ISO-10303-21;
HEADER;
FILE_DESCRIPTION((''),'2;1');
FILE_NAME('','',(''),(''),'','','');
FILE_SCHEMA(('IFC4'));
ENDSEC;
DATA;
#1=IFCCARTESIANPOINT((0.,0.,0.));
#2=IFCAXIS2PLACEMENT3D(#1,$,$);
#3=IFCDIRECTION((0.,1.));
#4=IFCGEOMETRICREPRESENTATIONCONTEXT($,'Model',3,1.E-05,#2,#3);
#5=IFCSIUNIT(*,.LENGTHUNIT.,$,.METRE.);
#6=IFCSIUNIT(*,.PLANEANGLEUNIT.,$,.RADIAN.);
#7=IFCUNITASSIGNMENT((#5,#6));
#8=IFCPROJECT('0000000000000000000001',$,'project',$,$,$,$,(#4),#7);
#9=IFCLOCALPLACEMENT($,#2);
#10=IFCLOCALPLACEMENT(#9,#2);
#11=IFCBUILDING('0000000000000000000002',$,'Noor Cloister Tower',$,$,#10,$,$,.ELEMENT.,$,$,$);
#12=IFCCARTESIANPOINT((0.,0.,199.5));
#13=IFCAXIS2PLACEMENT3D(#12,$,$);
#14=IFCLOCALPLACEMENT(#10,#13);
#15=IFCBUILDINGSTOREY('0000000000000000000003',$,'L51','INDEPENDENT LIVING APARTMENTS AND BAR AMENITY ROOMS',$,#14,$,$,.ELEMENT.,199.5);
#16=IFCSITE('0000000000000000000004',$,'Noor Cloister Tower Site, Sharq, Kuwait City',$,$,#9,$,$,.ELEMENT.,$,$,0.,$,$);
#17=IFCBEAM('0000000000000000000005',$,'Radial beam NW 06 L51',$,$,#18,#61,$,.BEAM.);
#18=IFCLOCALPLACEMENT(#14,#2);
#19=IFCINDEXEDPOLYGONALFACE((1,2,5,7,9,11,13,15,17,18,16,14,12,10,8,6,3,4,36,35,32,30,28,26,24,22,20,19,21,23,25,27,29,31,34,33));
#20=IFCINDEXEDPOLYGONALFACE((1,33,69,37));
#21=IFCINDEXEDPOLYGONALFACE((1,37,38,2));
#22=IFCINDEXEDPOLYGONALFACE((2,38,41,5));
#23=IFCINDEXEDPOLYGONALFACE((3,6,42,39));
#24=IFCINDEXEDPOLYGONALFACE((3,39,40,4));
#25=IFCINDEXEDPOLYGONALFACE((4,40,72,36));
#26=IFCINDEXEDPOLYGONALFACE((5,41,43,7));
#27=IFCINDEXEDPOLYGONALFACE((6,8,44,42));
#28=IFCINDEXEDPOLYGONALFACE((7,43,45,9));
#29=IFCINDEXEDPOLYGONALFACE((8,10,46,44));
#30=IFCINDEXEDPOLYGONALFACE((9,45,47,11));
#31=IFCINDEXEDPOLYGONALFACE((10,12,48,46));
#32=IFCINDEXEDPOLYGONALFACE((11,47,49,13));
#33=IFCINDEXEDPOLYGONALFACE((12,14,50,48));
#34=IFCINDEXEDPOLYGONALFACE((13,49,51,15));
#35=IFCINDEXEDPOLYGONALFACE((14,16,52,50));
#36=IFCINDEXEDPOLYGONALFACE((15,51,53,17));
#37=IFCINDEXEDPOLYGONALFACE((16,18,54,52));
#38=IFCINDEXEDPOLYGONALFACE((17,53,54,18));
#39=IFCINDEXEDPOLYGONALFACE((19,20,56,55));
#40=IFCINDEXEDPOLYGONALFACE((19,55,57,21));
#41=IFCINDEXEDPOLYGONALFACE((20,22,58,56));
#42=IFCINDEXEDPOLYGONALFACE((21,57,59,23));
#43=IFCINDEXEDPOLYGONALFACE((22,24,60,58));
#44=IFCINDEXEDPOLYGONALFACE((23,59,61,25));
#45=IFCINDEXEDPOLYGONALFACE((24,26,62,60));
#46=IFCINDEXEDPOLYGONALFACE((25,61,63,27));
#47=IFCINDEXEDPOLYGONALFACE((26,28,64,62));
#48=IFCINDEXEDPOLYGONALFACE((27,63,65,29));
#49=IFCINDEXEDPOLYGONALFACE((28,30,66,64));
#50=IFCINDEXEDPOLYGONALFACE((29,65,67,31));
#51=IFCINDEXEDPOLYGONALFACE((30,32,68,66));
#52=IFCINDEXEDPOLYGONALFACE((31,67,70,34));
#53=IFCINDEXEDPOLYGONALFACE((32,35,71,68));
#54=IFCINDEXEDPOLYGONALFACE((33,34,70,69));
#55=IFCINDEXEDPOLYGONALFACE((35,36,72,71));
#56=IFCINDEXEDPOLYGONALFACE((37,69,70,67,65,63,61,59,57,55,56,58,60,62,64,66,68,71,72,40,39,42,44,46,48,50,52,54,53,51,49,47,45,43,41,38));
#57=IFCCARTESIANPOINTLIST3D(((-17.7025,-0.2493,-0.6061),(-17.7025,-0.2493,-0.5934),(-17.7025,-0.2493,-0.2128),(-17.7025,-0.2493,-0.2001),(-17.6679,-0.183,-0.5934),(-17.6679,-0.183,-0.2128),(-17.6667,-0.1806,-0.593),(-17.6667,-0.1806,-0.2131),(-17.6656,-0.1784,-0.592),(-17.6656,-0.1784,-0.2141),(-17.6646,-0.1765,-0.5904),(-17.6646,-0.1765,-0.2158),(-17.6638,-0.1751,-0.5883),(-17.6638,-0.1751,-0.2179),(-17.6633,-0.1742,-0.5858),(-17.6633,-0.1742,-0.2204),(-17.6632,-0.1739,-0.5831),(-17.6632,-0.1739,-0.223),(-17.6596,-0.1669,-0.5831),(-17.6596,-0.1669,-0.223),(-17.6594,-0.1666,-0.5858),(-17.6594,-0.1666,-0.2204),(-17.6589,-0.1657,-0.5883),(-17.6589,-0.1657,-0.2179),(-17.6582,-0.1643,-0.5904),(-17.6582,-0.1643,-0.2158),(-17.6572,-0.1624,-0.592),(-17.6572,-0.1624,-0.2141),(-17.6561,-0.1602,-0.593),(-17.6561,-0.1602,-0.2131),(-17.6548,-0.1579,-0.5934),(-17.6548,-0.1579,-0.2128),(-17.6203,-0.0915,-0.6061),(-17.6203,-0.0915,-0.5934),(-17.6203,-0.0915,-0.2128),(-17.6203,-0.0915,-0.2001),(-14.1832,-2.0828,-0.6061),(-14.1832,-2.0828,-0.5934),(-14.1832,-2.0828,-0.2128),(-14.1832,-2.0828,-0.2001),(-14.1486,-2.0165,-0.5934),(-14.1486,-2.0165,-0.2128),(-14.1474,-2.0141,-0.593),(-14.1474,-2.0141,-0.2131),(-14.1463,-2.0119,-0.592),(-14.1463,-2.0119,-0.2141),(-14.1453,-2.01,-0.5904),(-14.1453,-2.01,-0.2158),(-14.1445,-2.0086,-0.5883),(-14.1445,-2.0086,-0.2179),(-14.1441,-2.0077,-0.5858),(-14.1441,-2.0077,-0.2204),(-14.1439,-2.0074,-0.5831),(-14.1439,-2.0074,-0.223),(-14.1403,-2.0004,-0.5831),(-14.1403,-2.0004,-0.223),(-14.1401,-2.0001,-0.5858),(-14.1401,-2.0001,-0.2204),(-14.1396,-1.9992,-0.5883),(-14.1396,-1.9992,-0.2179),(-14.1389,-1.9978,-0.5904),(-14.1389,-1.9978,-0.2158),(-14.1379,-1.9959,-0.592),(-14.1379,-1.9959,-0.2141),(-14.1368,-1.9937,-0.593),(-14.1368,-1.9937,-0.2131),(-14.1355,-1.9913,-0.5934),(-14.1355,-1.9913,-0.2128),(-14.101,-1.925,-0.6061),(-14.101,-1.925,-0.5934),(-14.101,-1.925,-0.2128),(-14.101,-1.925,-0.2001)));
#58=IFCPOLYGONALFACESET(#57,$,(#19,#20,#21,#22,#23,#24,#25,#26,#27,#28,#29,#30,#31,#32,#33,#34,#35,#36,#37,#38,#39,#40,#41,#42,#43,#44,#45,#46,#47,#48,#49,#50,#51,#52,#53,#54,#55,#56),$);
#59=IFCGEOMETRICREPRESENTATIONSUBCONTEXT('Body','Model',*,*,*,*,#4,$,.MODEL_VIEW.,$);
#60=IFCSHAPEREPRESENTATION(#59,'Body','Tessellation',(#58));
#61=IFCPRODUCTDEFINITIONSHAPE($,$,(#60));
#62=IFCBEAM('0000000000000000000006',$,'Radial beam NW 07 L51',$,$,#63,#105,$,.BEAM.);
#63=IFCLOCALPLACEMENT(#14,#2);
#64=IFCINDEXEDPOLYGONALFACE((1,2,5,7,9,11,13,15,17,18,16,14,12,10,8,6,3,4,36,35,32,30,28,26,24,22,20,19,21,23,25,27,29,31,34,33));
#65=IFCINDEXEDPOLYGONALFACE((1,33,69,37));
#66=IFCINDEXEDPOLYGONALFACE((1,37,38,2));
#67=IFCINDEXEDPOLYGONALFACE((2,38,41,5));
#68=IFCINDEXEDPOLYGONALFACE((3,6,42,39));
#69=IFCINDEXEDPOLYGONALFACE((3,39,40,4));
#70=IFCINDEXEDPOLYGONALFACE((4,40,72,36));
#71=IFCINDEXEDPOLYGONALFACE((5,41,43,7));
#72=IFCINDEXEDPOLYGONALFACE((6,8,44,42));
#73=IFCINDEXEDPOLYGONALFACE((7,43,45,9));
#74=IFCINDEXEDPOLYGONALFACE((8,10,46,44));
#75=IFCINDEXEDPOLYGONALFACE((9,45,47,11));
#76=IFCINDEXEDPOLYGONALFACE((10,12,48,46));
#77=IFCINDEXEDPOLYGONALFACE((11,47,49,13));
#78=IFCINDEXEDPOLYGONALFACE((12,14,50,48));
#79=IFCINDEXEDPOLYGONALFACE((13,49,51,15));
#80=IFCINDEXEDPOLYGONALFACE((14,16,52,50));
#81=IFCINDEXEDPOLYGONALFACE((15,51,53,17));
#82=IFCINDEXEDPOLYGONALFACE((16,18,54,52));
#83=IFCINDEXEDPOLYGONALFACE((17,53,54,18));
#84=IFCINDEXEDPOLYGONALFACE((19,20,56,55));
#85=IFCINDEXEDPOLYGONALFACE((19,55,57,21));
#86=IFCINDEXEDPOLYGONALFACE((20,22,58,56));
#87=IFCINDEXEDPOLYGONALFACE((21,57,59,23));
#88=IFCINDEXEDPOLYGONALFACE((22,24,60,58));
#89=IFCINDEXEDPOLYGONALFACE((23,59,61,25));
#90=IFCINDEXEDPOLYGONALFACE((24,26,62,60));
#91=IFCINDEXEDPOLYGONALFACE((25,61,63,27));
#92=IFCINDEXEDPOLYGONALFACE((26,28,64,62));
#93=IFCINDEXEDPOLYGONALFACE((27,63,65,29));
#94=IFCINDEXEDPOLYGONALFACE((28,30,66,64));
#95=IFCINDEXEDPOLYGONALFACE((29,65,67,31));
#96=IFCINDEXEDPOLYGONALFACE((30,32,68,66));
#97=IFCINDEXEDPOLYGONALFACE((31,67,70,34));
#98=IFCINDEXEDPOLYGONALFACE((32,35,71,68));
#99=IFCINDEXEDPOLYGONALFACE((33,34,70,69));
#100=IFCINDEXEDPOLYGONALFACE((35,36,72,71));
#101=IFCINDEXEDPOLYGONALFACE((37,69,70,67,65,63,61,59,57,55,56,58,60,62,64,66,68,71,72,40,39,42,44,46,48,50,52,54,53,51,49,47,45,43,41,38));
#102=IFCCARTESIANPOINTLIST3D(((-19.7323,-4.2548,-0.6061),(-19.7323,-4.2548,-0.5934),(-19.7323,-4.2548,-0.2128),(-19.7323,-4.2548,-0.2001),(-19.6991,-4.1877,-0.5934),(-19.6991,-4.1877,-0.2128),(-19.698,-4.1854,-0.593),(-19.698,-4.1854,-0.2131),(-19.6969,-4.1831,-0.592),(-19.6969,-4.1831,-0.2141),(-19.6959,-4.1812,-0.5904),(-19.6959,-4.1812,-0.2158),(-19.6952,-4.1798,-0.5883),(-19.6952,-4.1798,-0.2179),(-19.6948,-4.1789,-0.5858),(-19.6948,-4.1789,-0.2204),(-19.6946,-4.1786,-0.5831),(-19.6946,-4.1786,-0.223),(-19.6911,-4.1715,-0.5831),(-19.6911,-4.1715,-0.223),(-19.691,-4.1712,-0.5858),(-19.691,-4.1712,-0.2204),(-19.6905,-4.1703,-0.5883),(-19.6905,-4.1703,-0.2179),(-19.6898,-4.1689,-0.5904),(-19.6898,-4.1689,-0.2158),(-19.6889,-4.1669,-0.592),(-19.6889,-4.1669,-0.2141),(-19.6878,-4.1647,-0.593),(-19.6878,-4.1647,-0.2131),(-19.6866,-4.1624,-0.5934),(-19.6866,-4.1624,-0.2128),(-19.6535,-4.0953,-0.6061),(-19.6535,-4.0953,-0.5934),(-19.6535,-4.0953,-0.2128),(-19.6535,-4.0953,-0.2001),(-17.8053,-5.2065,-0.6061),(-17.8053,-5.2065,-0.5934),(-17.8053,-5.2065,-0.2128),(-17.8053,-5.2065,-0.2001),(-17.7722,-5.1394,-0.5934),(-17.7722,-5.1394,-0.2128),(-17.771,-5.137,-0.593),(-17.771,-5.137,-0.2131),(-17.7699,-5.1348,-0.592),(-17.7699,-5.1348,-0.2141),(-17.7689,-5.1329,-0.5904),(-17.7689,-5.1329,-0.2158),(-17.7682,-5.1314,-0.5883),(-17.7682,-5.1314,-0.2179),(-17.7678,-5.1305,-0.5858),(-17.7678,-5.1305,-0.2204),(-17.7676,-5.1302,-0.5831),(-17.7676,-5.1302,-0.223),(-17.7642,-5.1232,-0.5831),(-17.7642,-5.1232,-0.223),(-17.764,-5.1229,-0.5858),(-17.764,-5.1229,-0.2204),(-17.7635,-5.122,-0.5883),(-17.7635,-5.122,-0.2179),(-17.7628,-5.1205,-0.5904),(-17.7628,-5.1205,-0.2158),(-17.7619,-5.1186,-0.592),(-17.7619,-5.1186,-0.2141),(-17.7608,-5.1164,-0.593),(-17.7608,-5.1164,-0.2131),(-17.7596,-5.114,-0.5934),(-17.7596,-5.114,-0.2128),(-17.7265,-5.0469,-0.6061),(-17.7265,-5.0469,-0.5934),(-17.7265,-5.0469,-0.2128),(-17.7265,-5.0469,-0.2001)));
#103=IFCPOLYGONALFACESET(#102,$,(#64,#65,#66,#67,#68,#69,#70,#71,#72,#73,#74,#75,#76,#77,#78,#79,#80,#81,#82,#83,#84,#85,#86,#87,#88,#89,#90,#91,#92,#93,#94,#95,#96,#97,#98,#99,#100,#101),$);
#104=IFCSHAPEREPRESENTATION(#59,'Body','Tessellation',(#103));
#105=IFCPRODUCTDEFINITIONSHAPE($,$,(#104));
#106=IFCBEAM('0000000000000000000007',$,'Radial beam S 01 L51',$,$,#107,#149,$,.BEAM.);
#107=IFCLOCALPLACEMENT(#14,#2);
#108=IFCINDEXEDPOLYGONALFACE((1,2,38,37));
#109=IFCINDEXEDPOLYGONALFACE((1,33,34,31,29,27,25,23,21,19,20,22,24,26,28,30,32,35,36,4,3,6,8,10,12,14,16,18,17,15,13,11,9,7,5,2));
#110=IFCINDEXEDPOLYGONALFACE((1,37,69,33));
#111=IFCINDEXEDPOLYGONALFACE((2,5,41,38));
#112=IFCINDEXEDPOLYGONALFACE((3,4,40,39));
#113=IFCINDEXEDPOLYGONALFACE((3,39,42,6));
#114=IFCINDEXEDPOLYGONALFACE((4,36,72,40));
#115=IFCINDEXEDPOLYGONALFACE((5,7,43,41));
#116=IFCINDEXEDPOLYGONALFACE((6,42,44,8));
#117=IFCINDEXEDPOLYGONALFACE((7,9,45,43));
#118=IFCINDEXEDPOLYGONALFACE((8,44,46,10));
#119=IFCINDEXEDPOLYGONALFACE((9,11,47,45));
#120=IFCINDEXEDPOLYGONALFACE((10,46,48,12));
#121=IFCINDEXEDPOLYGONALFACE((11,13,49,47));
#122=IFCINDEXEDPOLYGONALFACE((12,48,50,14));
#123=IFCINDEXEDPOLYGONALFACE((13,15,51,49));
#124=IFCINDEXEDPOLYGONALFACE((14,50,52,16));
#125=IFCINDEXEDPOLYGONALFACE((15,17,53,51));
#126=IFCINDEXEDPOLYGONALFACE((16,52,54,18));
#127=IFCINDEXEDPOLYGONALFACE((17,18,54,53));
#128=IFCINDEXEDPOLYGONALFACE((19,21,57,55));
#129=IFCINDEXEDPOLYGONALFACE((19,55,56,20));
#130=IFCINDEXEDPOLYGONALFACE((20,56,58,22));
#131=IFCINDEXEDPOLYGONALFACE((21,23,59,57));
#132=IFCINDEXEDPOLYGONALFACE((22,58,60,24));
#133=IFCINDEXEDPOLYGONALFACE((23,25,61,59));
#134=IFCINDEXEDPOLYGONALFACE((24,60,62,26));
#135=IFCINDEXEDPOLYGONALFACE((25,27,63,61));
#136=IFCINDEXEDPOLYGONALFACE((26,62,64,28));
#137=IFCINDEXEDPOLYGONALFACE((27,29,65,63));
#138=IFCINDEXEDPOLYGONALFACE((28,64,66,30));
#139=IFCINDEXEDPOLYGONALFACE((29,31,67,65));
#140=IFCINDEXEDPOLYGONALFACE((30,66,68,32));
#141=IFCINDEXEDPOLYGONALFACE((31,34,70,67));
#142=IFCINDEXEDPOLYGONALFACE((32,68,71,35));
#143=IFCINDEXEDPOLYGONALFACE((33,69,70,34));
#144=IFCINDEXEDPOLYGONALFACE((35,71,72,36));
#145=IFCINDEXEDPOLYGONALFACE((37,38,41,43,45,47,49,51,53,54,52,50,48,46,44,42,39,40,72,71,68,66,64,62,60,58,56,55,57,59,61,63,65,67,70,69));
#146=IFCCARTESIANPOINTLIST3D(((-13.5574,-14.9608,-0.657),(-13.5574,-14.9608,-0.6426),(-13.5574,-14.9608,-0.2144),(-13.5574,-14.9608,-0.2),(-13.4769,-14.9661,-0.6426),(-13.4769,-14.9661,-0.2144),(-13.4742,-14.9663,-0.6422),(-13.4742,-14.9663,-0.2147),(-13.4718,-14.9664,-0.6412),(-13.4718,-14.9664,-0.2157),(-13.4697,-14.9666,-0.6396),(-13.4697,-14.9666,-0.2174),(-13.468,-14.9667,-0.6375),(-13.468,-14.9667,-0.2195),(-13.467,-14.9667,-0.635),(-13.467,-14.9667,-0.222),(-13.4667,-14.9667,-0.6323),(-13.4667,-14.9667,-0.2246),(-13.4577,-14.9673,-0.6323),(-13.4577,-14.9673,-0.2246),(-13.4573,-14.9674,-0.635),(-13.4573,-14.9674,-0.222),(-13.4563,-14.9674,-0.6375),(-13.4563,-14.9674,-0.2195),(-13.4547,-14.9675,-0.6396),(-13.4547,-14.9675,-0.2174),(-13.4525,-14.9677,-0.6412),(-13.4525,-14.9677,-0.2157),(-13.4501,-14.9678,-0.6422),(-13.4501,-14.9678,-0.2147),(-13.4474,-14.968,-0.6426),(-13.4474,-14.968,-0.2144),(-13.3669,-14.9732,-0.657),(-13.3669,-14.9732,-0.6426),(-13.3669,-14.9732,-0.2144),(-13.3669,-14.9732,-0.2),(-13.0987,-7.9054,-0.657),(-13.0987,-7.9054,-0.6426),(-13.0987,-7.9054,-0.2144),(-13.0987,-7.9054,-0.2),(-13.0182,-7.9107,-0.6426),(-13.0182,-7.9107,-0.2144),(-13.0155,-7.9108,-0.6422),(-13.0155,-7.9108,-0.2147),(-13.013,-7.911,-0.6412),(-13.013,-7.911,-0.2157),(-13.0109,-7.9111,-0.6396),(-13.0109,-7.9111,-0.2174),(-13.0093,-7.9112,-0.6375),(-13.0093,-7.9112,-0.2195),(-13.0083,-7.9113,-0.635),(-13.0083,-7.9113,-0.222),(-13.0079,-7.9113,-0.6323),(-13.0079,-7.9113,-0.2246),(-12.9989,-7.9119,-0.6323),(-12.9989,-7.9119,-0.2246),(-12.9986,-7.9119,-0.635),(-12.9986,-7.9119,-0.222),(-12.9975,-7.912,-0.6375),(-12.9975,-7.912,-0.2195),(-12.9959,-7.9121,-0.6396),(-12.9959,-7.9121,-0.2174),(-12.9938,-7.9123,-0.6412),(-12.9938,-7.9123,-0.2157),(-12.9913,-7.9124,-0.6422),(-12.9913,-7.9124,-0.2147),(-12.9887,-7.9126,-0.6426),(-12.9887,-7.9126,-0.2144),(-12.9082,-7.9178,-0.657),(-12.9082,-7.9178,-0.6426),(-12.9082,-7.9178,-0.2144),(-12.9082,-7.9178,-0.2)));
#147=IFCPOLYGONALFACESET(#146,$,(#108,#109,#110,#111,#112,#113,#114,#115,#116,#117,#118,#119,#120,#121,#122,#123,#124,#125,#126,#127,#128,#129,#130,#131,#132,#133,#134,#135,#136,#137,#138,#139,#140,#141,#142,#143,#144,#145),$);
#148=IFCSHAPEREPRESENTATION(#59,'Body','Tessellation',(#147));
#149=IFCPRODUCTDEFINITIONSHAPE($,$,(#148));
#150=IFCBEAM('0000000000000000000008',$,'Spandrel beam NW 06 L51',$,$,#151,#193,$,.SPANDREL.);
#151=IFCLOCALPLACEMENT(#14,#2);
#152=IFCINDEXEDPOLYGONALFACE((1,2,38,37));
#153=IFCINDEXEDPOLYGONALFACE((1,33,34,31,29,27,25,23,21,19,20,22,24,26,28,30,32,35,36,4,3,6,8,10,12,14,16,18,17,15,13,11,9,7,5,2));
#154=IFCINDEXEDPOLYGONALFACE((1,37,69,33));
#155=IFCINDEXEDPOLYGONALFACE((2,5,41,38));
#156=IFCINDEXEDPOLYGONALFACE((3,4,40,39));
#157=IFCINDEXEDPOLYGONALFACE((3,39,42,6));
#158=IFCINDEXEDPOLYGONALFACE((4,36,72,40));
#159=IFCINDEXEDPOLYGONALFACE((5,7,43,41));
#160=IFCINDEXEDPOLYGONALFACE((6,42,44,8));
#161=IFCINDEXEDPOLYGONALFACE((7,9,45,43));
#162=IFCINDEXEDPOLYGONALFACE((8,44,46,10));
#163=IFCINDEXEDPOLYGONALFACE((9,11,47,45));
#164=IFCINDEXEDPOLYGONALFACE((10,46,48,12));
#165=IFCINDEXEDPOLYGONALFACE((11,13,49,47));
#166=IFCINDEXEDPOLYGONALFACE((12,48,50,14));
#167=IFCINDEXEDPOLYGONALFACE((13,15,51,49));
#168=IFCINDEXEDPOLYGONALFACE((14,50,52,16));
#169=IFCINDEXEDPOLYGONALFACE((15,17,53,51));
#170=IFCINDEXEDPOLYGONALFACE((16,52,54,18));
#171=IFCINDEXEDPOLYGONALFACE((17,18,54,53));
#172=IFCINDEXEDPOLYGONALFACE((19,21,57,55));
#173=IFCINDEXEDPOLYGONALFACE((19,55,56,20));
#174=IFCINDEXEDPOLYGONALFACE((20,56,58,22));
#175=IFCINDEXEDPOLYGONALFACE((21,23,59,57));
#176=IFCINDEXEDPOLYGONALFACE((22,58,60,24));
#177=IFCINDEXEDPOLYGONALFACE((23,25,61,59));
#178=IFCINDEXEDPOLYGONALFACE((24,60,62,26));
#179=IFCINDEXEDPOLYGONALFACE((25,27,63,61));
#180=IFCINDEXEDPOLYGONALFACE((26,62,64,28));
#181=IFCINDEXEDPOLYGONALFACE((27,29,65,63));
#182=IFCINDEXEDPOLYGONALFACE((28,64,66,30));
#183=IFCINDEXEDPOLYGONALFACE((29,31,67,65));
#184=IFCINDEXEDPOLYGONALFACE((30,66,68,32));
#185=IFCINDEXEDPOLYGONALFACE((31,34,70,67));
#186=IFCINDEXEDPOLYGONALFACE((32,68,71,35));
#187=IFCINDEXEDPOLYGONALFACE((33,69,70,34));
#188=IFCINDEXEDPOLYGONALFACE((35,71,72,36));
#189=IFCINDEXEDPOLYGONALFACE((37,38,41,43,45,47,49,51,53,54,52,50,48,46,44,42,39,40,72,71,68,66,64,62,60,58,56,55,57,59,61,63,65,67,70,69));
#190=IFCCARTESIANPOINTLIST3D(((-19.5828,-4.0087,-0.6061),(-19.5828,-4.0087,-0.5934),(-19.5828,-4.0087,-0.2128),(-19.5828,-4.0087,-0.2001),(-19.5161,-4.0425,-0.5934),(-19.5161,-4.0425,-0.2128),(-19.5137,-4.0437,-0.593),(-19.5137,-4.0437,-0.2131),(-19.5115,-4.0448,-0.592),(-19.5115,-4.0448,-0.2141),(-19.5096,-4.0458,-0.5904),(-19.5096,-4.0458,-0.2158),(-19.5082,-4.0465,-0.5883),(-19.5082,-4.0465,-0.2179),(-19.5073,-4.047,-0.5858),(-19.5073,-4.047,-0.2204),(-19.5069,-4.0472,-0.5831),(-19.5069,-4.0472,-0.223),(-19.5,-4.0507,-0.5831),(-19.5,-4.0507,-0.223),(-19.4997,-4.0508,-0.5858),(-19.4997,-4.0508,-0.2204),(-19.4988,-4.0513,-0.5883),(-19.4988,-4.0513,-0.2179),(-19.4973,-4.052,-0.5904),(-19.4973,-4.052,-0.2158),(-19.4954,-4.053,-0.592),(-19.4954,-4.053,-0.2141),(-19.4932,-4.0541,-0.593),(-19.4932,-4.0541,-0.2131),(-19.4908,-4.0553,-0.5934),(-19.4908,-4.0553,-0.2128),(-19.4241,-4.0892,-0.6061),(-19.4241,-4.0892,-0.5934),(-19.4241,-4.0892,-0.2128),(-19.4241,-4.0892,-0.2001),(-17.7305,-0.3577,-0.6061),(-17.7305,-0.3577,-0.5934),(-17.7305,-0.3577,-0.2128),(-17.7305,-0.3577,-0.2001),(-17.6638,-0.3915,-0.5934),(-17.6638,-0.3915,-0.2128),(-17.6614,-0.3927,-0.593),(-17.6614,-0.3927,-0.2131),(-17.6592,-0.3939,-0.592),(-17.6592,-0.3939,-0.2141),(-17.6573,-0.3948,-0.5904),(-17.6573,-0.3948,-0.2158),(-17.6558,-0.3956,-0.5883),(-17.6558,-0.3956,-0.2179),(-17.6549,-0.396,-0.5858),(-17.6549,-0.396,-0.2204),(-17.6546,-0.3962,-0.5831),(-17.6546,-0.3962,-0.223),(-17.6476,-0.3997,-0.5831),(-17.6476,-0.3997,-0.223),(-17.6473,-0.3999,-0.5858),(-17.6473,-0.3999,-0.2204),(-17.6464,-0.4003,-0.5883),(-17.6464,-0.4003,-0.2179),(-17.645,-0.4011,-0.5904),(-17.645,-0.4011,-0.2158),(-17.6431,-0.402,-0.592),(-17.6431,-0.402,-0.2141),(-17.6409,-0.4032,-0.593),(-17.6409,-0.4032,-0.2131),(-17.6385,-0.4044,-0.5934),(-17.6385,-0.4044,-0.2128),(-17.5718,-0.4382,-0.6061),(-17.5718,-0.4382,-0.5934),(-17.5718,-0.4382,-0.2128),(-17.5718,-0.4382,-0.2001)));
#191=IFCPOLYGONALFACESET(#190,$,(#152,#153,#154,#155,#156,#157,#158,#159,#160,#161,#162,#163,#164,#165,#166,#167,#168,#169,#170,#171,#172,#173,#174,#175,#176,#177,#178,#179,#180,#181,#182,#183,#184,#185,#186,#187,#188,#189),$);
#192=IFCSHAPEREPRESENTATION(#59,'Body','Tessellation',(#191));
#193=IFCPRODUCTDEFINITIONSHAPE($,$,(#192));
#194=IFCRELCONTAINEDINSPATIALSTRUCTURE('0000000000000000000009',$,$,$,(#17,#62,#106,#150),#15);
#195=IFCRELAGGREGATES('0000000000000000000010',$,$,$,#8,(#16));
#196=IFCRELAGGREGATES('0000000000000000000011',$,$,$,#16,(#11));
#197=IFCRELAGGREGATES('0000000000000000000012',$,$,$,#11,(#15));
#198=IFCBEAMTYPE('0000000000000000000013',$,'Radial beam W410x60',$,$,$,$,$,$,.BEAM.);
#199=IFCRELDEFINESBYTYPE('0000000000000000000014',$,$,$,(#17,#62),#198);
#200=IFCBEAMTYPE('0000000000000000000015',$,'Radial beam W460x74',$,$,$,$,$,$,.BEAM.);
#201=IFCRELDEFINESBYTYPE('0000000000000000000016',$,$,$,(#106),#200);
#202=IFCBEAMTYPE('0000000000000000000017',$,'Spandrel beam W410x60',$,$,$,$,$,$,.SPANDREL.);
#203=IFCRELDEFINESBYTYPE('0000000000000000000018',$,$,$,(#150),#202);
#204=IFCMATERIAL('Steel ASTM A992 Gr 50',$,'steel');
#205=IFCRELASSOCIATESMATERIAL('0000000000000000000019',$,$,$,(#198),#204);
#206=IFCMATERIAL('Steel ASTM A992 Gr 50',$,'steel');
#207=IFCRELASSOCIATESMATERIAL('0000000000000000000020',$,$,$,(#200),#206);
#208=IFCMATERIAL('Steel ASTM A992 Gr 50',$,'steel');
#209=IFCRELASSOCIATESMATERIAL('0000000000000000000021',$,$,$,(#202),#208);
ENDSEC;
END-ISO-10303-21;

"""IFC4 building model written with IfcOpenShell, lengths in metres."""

from ifc_helpers import new_model, si_unit, direction, frame, origin, origin_2d, place, context, subcontext, project, spatial, i_section, extrude, material, material_profile, profile_set, type_object, element, save


model = new_model("IFC4")

# Units and contexts
model_context = context("Model", 3, precision=1e-05, world=origin(), true_north=direction((0.0, 1.0)))
body_context = subcontext(model_context, "Body", "Model", "MODEL_VIEW")
ifc_project = project(units=[si_unit("LENGTHUNIT", "METRE"), si_unit("PLANEANGLEUNIT", "RADIAN")], contexts=[model_context])

# Site, building, storey
site_placement = place(None, origin())
site = spatial("IfcSite", under=ifc_project, at=site_placement, Name="Noor Cloister Tower Site, Sharq, Kuwait City", CompositionType="ELEMENT", RefElevation=0.0)
building_placement = place(site_placement, origin())
building = spatial("IfcBuilding", under=site, at=building_placement, Name="Noor Cloister Tower", CompositionType="ELEMENT")
storey_placement = place(building_placement, frame((0.0, 0.0, 199.5)))
storey = spatial("IfcBuildingStorey", under=building, at=storey_placement, Name="L51", Description="INDEPENDENT LIVING APARTMENTS AND BAR AMENITY ROOMS", CompositionType="ELEMENT", Elevation=199.5)

# Beams
ifc_material_1 = material(Name="Steel ASTM A992 Gr 50", Category="steel")
ifc_material_profile_1 = material_profile(ifc_material_1, i_section(OverallWidth=0.178, OverallDepth=0.406, WebThickness=0.0078, FlangeThickness=0.0127, FilletRadius=0.0103, at=origin_2d()), Name="W410x60")
ifc_profile_set_1 = profile_set([ifc_material_profile_1], Name="Steel ASTM A992 Gr 50")
beam_type_1 = type_object("IfcBeamType", Name="Radial beam W410x60", PredefinedType="BEAM", material=ifc_profile_set_1)
beam_1_placement = place(storey_placement, frame((-17.6614, -0.1704, -0.4031), z_axis=(0.886859, -0.46204, 0.0), x_axis=(0.46204, 0.886859, 0.0)))
element("IfcBeam", 1, at=beam_1_placement, inside=storey, type_object=beam_type_1, Name="Radial beam NW 06 L51", PredefinedType="BEAM", context=body_context, shape_type="SweptSolid", body=[
    extrude(i_section(OverallWidth=0.178, OverallDepth=0.406, WebThickness=0.0078, FlangeThickness=0.0127, FilletRadius=0.0103, at=origin_2d()), origin(), (0.0, 0.0, 1.0), 3.9683),
])
beam_2_placement = place(storey_placement, frame((-19.6929, -4.175, -0.4031), z_axis=(0.89662, -0.442801, 0.0), x_axis=(0.442801, 0.89662, 0.0)))
element("IfcBeam", 2, at=beam_2_placement, inside=storey, type_object=beam_type_1, Name="Radial beam NW 07 L51", PredefinedType="BEAM", context=body_context, shape_type="SweptSolid", body=[
    extrude(i_section(OverallWidth=0.178, OverallDepth=0.406, WebThickness=0.0078, FlangeThickness=0.0127, FilletRadius=0.0103, at=origin_2d()), origin(), (0.0, 0.0, 1.0), 2.1492),
])
ifc_material_2 = material(Name="Steel ASTM A992 Gr 50", Category="steel")
ifc_material_profile_2 = material_profile(ifc_material_2, i_section(OverallWidth=0.1909, OverallDepth=0.457, WebThickness=0.009, FlangeThickness=0.0144, FilletRadius=0.0103, at=origin_2d()), Name="W460x74")
ifc_profile_set_2 = profile_set([ifc_material_profile_2], Name="Steel ASTM A992 Gr 50")
beam_type_2 = type_object("IfcBeamType", Name="Radial beam W460x74", PredefinedType="BEAM", material=ifc_profile_set_2)
beam_3_placement = place(storey_placement, frame((-13.4622, -14.967, -0.4285), z_axis=(0.064883, 0.997893, 0.0), x_axis=(-0.997893, 0.064883, 0.0)))
element("IfcBeam", 3, at=beam_3_placement, inside=storey, type_object=beam_type_2, Name="Radial beam S 01 L51", PredefinedType="BEAM", context=body_context, shape_type="SweptSolid", body=[
    extrude(i_section(OverallWidth=0.1909, OverallDepth=0.457, WebThickness=0.009, FlangeThickness=0.0144, FilletRadius=0.0103, at=origin_2d()), origin(), (0.0, 0.0, 1.0), 7.0703),
])
ifc_material_3 = material(Name="Steel ASTM A992 Gr 50", Category="steel")
ifc_material_profile_3 = material_profile(ifc_material_3, i_section(OverallWidth=0.178, OverallDepth=0.406, WebThickness=0.0078, FlangeThickness=0.0127, FilletRadius=0.0103, at=origin_2d()), Name="W410x60")
ifc_profile_set_3 = profile_set([ifc_material_profile_3], Name="Steel ASTM A992 Gr 50")
beam_type_3 = type_object("IfcBeamType", Name="Spandrel beam W410x60", PredefinedType="SPANDREL", material=ifc_profile_set_3)
for number, where, z_axis, x_axis, name in (
    (4, (-17.6511, -0.3979, -0.4031), (-0.452454, -0.891788, 0.0), (0.891788, -0.452454, 0.0), "Spandrel beam NW 06 L51"),
):
    element("IfcBeam", number, at=place(storey_placement, frame(where, z_axis=z_axis, x_axis=x_axis)), inside=storey, type_object=beam_type_3, Name=name, PredefinedType="SPANDREL", context=body_context, shape_type="SweptSolid", body=[
        extrude(i_section(OverallWidth=0.178, OverallDepth=0.406, WebThickness=0.0078, FlangeThickness=0.0127, FilletRadius=0.0103, at=origin_2d()), origin(), (0.0, 0.0, 1.0), 4.094),
    ])

save(model, "model.ifc")
